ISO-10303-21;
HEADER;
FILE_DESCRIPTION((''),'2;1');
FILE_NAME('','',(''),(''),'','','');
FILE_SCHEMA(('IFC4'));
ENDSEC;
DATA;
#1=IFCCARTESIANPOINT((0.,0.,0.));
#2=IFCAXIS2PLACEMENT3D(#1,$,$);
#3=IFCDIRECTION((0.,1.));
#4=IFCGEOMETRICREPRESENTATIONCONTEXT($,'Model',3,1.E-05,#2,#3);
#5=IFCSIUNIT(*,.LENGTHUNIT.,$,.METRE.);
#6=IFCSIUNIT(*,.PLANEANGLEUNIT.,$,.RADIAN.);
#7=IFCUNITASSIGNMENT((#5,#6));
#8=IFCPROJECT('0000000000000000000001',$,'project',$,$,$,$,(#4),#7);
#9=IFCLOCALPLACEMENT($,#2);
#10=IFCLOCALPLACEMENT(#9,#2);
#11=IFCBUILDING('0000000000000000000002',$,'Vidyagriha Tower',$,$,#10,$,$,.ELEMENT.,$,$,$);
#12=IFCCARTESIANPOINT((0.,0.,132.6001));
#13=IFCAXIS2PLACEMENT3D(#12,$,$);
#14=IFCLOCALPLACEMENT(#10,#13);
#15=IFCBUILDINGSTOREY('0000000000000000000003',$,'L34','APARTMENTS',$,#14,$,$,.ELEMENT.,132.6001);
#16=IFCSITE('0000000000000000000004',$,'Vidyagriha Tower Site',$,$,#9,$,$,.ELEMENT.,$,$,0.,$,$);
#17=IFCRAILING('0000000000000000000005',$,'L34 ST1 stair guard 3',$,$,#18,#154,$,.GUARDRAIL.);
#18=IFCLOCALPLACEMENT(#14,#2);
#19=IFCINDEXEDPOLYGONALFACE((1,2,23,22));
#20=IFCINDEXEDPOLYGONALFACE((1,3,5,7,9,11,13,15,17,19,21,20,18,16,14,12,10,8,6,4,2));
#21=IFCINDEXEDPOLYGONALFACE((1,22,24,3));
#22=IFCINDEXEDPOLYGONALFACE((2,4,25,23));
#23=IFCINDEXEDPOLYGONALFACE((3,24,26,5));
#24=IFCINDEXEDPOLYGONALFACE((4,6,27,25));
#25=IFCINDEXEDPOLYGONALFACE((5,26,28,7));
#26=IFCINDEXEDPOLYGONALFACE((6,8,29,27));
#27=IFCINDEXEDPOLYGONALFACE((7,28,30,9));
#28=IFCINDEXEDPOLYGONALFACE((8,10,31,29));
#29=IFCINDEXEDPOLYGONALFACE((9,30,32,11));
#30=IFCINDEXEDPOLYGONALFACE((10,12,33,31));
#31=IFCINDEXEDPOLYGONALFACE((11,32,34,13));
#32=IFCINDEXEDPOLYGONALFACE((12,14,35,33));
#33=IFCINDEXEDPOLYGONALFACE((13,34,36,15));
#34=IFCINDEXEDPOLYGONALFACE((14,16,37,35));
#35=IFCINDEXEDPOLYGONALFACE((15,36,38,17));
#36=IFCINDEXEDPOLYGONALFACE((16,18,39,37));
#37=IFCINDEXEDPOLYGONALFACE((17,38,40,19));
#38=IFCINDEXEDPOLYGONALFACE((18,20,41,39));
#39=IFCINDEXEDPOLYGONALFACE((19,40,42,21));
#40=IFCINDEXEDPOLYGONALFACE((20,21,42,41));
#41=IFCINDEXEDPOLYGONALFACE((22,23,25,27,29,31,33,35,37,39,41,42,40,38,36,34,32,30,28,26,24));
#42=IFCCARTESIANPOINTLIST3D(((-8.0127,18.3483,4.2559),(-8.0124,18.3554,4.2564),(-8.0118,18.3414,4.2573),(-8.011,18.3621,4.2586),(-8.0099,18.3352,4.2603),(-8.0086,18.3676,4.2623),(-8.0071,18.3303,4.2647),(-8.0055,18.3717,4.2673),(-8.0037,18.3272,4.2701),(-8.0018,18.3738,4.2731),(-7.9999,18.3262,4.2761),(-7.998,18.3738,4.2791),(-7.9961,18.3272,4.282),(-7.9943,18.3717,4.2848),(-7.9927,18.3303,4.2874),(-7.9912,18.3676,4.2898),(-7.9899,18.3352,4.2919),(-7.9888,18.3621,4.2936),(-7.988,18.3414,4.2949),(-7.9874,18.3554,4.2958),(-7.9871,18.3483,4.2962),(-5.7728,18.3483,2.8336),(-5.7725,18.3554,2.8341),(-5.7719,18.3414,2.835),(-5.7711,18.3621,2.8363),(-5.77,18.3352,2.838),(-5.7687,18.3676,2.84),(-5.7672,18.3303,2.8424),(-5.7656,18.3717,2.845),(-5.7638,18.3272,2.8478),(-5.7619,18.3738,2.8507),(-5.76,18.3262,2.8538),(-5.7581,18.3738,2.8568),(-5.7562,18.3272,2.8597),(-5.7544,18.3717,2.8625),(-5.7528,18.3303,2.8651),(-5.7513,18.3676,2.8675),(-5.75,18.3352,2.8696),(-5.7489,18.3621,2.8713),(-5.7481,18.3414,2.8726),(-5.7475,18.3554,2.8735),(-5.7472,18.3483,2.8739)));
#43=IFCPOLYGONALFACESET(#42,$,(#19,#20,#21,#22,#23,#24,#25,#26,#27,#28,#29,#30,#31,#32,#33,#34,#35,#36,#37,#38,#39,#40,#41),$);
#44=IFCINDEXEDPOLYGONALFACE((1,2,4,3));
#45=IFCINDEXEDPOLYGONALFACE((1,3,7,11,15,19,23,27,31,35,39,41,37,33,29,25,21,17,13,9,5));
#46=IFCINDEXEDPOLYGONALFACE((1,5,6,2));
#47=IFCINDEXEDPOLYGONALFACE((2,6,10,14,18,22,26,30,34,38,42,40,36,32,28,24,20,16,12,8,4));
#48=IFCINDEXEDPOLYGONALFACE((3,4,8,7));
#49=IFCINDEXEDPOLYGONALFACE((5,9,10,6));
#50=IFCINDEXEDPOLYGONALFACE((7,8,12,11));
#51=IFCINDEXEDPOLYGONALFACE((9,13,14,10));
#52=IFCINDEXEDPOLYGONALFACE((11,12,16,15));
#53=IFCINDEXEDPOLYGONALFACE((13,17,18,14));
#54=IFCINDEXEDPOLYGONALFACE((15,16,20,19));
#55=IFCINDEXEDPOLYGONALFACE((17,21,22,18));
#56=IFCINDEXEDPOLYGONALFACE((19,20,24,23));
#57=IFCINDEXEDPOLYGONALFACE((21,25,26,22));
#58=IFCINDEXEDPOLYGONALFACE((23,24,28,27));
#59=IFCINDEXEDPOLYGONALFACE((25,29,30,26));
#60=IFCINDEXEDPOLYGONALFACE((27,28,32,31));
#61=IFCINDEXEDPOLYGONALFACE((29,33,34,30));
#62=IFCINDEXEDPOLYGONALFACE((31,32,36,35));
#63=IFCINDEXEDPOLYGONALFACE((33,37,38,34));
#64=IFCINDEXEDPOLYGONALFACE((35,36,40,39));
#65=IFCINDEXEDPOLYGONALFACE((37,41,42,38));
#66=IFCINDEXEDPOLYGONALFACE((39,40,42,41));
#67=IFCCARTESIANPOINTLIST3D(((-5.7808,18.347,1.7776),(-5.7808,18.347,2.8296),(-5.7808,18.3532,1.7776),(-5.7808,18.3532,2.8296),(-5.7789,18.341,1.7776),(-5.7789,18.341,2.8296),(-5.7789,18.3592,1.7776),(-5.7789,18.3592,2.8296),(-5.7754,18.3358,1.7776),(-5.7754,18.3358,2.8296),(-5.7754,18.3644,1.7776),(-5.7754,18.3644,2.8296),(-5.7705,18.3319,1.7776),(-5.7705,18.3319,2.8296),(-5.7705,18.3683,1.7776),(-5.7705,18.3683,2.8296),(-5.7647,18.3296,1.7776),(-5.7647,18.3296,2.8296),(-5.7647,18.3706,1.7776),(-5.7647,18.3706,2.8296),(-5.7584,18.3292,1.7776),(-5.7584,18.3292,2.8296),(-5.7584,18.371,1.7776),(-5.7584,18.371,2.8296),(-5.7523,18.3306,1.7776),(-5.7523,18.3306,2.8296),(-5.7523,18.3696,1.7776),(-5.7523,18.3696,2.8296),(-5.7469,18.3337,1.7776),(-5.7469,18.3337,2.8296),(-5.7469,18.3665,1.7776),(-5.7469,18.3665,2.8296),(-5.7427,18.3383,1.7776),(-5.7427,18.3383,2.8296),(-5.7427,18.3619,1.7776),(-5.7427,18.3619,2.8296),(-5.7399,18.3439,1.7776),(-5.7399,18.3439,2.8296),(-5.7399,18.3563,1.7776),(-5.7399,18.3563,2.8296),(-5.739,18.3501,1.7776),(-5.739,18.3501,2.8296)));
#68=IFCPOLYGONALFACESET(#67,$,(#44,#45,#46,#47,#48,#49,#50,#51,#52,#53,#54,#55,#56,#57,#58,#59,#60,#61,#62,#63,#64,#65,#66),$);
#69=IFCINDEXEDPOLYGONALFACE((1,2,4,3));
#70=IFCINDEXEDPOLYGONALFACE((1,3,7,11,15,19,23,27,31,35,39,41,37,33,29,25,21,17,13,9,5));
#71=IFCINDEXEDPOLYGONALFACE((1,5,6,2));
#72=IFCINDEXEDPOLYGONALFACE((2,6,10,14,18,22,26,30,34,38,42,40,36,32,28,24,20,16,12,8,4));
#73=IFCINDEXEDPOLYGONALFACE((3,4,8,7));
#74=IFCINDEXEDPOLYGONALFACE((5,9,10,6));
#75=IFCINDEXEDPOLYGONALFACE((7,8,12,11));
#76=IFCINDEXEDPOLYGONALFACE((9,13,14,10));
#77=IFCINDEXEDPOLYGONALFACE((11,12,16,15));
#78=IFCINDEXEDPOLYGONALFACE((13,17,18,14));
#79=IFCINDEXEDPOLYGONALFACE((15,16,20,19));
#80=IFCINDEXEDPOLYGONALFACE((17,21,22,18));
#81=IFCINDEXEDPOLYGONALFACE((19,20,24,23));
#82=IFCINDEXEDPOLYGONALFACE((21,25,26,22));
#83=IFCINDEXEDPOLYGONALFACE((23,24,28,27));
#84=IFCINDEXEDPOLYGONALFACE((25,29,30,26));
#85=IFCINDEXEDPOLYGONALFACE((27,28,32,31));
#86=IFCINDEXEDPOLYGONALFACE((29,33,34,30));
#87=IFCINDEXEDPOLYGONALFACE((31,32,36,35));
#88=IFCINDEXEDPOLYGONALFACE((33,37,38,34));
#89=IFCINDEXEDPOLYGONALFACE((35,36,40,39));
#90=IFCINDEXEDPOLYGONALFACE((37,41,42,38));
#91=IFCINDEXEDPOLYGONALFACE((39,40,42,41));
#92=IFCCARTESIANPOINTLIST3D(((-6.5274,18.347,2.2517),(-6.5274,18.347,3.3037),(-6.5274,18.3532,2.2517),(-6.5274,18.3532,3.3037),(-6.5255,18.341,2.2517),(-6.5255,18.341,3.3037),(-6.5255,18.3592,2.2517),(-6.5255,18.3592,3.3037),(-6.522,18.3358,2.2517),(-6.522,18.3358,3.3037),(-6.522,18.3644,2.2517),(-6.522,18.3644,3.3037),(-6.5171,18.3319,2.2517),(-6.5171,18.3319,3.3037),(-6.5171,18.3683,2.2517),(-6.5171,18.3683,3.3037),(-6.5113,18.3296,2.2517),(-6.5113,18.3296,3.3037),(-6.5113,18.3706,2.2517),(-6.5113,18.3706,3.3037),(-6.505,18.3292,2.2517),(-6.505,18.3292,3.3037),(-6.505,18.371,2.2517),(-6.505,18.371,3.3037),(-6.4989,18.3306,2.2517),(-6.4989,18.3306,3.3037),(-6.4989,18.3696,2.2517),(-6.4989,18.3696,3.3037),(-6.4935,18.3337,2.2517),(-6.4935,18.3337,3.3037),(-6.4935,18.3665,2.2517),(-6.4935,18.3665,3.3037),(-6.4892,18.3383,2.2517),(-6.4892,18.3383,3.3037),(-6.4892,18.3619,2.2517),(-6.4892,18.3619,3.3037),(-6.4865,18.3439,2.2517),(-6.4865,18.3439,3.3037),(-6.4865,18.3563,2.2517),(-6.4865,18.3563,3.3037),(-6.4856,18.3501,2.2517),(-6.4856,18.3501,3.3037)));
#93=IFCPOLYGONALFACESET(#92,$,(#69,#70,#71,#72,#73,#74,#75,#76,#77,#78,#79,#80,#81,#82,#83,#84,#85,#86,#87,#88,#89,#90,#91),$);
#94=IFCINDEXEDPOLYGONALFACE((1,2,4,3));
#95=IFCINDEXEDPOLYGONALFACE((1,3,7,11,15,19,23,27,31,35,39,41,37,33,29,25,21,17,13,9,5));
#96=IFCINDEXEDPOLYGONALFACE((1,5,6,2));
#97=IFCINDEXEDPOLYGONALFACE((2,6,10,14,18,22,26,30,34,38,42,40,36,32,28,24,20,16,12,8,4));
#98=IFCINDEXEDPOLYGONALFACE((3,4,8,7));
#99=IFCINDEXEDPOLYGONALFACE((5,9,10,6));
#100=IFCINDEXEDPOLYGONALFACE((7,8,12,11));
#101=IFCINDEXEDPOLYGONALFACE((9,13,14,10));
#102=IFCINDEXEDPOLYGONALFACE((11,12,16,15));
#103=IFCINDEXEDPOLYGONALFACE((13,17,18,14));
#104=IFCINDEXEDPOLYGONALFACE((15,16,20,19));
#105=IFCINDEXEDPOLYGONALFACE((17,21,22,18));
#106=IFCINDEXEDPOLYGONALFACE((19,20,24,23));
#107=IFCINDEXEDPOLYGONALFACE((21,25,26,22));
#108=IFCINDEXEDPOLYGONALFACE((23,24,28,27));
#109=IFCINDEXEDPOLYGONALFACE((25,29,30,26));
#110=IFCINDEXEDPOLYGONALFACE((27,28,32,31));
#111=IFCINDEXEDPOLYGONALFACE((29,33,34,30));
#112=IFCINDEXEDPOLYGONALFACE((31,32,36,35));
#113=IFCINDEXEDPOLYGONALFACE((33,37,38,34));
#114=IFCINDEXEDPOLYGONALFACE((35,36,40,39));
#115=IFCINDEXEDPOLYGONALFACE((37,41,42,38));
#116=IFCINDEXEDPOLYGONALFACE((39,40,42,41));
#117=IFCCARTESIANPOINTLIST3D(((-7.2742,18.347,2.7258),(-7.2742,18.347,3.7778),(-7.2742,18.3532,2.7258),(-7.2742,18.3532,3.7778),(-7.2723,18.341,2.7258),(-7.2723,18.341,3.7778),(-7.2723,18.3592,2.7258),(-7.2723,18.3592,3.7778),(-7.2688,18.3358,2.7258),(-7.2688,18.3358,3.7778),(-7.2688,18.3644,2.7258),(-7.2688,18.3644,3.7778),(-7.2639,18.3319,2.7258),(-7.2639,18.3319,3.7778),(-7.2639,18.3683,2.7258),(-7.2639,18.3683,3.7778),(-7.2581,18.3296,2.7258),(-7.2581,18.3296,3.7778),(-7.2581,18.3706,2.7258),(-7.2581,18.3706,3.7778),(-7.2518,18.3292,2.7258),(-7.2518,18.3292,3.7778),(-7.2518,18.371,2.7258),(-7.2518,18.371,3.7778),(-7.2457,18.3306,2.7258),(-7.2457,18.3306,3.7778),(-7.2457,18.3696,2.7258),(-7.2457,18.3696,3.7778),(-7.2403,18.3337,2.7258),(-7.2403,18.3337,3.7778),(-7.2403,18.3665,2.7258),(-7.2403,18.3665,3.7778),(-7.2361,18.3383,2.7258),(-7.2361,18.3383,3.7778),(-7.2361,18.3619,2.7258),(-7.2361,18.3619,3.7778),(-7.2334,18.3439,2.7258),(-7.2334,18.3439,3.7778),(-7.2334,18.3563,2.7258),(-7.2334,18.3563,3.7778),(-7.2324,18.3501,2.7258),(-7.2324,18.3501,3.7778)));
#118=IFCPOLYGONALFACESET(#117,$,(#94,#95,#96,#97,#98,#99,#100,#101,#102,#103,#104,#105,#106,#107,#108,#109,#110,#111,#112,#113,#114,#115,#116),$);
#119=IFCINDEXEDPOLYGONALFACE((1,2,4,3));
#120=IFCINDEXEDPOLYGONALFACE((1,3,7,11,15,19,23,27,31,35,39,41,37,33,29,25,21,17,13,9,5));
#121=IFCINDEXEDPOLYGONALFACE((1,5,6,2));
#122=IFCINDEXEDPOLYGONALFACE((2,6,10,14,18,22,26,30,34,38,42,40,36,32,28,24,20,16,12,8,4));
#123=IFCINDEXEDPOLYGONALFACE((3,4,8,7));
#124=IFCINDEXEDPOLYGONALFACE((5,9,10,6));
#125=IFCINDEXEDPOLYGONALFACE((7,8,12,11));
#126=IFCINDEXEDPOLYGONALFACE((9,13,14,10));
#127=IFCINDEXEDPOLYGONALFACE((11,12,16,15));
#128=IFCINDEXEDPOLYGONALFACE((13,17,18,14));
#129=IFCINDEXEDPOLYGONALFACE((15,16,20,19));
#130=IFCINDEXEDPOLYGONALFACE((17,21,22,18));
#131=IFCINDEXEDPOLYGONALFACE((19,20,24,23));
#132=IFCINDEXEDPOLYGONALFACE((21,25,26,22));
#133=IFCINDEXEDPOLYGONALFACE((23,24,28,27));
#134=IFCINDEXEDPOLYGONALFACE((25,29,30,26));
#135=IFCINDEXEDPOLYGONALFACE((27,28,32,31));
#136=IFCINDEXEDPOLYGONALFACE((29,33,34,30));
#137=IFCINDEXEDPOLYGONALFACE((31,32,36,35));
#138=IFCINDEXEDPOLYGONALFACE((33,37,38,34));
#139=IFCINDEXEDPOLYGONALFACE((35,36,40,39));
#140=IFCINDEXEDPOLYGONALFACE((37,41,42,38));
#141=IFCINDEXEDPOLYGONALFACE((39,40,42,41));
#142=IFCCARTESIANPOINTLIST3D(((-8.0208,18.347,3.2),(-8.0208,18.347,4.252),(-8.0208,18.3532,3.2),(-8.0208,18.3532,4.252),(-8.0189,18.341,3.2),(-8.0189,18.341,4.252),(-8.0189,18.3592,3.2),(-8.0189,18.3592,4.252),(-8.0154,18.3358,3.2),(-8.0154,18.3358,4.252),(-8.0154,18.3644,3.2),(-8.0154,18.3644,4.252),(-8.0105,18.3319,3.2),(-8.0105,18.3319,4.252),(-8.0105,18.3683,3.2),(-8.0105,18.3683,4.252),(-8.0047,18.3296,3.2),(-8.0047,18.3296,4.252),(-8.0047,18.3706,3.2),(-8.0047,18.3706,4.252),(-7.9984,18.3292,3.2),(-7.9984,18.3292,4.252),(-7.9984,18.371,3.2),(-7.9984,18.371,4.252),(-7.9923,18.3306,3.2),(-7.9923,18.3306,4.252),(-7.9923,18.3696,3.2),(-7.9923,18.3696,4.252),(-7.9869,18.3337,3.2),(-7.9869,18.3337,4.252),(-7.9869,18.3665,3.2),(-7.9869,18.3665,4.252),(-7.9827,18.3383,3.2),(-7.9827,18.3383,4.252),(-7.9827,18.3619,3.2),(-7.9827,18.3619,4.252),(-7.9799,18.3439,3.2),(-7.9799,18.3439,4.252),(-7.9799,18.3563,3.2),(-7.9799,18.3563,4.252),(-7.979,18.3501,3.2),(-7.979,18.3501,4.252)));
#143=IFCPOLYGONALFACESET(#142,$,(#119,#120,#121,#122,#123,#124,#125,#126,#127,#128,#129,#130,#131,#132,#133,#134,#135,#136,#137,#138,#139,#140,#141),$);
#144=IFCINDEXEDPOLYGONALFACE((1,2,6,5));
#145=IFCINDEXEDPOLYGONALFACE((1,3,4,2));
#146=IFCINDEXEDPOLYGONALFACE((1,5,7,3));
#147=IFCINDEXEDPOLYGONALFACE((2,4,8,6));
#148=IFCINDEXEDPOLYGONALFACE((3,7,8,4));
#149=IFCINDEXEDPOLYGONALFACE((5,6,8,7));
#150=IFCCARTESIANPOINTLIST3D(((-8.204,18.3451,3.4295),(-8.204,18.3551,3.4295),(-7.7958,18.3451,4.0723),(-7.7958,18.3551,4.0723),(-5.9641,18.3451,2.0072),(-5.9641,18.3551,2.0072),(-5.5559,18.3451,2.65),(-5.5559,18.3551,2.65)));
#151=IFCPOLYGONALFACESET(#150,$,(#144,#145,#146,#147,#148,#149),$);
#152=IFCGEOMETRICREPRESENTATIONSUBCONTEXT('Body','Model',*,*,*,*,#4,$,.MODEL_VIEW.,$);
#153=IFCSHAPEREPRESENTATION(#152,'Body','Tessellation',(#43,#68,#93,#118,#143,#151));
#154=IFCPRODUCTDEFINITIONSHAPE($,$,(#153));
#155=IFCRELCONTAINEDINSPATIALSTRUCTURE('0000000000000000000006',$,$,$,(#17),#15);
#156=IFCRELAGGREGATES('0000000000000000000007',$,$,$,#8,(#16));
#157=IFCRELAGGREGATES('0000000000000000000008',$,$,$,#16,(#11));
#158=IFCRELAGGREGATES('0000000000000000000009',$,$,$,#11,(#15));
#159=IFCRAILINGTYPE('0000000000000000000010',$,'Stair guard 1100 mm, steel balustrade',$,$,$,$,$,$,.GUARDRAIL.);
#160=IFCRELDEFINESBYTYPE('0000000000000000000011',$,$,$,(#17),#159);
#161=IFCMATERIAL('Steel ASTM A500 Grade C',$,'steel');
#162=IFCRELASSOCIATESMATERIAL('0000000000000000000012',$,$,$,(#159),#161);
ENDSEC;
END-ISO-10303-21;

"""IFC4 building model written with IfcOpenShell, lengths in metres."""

from ifc_helpers import new_model, si_unit, direction, frame, origin, origin_2d, place, context, subcontext, project, spatial, rectangle, circle, extrude, material, type_object, element, save


model = new_model("IFC4")

# Units and contexts
model_context = context("Model", 3, precision=1e-05, world=origin(), true_north=direction((0.0, 1.0)))
body_context = subcontext(model_context, "Body", "Model", "MODEL_VIEW")
ifc_project = project(units=[si_unit("LENGTHUNIT", "METRE"), si_unit("PLANEANGLEUNIT", "RADIAN")], contexts=[model_context])

# Site, building, storey
site_placement = place(None, origin())
site = spatial("IfcSite", under=ifc_project, at=site_placement, Name="Vidyagriha Tower Site", CompositionType="ELEMENT", RefElevation=0.0)
building_placement = place(site_placement, origin())
building = spatial("IfcBuilding", under=site, at=building_placement, Name="Vidyagriha Tower", CompositionType="ELEMENT")
storey_placement = place(building_placement, frame((0.0, 0.0, 132.6001)))
storey = spatial("IfcBuildingStorey", under=building, at=storey_placement, Name="L34", Description="APARTMENTS", CompositionType="ELEMENT", Elevation=132.6001)

# Railing
ifc_material_1 = material(Name="Steel ASTM A500 Grade C", Category="steel")
railing_type_1 = type_object("IfcRailingType", Name="Stair guard 1100 mm, steel balustrade", PredefinedType="GUARDRAIL", material=ifc_material_1)
railing_1_placement = place(storey_placement, frame((-5.76, 18.3501, 1.7776)))
element("IfcRailing", 1, at=railing_1_placement, inside=storey, type_object=railing_type_1, Name="L34 ST1 stair guard 3", PredefinedType="GUARDRAIL", context=body_context, shape_type="SweptSolid", body=[
    extrude(circle(Radius=0.0239, at=origin_2d()), frame((0.0, 0.0, 1.0762), z_axis=(-0.844188, 0.0, 0.536048), x_axis=(0.0, -1.0, 0.0)), (0.0, 0.0, 1.0), 2.6533),
    extrude(circle(Radius=0.021, at=origin_2d()), origin(), (0.0, 0.0, 1.0), 1.052),
    extrude(circle(Radius=0.021, at=origin_2d()), frame((-0.7466, 0.0, 0.4741)), (0.0, 0.0, 1.0), 1.052),
    extrude(circle(Radius=0.021, at=origin_2d()), frame((-1.4934, 0.0, 0.9482)), (0.0, 0.0, 1.0), 1.052),
    extrude(circle(Radius=0.021, at=origin_2d()), frame((-2.24, 0.0, 1.4224)), (0.0, 0.0, 1.0), 1.052),
    extrude(rectangle(XDim=0.01, YDim=0.7615, at=origin_2d()), frame((0.0, 0.0, 0.551), z_axis=(-0.844188, 0.0, 0.536048), x_axis=(0.0, -1.0, 0.0)), (0.0, 0.0, 1.0), 2.6533),
])

save(model, "model.ifc")
